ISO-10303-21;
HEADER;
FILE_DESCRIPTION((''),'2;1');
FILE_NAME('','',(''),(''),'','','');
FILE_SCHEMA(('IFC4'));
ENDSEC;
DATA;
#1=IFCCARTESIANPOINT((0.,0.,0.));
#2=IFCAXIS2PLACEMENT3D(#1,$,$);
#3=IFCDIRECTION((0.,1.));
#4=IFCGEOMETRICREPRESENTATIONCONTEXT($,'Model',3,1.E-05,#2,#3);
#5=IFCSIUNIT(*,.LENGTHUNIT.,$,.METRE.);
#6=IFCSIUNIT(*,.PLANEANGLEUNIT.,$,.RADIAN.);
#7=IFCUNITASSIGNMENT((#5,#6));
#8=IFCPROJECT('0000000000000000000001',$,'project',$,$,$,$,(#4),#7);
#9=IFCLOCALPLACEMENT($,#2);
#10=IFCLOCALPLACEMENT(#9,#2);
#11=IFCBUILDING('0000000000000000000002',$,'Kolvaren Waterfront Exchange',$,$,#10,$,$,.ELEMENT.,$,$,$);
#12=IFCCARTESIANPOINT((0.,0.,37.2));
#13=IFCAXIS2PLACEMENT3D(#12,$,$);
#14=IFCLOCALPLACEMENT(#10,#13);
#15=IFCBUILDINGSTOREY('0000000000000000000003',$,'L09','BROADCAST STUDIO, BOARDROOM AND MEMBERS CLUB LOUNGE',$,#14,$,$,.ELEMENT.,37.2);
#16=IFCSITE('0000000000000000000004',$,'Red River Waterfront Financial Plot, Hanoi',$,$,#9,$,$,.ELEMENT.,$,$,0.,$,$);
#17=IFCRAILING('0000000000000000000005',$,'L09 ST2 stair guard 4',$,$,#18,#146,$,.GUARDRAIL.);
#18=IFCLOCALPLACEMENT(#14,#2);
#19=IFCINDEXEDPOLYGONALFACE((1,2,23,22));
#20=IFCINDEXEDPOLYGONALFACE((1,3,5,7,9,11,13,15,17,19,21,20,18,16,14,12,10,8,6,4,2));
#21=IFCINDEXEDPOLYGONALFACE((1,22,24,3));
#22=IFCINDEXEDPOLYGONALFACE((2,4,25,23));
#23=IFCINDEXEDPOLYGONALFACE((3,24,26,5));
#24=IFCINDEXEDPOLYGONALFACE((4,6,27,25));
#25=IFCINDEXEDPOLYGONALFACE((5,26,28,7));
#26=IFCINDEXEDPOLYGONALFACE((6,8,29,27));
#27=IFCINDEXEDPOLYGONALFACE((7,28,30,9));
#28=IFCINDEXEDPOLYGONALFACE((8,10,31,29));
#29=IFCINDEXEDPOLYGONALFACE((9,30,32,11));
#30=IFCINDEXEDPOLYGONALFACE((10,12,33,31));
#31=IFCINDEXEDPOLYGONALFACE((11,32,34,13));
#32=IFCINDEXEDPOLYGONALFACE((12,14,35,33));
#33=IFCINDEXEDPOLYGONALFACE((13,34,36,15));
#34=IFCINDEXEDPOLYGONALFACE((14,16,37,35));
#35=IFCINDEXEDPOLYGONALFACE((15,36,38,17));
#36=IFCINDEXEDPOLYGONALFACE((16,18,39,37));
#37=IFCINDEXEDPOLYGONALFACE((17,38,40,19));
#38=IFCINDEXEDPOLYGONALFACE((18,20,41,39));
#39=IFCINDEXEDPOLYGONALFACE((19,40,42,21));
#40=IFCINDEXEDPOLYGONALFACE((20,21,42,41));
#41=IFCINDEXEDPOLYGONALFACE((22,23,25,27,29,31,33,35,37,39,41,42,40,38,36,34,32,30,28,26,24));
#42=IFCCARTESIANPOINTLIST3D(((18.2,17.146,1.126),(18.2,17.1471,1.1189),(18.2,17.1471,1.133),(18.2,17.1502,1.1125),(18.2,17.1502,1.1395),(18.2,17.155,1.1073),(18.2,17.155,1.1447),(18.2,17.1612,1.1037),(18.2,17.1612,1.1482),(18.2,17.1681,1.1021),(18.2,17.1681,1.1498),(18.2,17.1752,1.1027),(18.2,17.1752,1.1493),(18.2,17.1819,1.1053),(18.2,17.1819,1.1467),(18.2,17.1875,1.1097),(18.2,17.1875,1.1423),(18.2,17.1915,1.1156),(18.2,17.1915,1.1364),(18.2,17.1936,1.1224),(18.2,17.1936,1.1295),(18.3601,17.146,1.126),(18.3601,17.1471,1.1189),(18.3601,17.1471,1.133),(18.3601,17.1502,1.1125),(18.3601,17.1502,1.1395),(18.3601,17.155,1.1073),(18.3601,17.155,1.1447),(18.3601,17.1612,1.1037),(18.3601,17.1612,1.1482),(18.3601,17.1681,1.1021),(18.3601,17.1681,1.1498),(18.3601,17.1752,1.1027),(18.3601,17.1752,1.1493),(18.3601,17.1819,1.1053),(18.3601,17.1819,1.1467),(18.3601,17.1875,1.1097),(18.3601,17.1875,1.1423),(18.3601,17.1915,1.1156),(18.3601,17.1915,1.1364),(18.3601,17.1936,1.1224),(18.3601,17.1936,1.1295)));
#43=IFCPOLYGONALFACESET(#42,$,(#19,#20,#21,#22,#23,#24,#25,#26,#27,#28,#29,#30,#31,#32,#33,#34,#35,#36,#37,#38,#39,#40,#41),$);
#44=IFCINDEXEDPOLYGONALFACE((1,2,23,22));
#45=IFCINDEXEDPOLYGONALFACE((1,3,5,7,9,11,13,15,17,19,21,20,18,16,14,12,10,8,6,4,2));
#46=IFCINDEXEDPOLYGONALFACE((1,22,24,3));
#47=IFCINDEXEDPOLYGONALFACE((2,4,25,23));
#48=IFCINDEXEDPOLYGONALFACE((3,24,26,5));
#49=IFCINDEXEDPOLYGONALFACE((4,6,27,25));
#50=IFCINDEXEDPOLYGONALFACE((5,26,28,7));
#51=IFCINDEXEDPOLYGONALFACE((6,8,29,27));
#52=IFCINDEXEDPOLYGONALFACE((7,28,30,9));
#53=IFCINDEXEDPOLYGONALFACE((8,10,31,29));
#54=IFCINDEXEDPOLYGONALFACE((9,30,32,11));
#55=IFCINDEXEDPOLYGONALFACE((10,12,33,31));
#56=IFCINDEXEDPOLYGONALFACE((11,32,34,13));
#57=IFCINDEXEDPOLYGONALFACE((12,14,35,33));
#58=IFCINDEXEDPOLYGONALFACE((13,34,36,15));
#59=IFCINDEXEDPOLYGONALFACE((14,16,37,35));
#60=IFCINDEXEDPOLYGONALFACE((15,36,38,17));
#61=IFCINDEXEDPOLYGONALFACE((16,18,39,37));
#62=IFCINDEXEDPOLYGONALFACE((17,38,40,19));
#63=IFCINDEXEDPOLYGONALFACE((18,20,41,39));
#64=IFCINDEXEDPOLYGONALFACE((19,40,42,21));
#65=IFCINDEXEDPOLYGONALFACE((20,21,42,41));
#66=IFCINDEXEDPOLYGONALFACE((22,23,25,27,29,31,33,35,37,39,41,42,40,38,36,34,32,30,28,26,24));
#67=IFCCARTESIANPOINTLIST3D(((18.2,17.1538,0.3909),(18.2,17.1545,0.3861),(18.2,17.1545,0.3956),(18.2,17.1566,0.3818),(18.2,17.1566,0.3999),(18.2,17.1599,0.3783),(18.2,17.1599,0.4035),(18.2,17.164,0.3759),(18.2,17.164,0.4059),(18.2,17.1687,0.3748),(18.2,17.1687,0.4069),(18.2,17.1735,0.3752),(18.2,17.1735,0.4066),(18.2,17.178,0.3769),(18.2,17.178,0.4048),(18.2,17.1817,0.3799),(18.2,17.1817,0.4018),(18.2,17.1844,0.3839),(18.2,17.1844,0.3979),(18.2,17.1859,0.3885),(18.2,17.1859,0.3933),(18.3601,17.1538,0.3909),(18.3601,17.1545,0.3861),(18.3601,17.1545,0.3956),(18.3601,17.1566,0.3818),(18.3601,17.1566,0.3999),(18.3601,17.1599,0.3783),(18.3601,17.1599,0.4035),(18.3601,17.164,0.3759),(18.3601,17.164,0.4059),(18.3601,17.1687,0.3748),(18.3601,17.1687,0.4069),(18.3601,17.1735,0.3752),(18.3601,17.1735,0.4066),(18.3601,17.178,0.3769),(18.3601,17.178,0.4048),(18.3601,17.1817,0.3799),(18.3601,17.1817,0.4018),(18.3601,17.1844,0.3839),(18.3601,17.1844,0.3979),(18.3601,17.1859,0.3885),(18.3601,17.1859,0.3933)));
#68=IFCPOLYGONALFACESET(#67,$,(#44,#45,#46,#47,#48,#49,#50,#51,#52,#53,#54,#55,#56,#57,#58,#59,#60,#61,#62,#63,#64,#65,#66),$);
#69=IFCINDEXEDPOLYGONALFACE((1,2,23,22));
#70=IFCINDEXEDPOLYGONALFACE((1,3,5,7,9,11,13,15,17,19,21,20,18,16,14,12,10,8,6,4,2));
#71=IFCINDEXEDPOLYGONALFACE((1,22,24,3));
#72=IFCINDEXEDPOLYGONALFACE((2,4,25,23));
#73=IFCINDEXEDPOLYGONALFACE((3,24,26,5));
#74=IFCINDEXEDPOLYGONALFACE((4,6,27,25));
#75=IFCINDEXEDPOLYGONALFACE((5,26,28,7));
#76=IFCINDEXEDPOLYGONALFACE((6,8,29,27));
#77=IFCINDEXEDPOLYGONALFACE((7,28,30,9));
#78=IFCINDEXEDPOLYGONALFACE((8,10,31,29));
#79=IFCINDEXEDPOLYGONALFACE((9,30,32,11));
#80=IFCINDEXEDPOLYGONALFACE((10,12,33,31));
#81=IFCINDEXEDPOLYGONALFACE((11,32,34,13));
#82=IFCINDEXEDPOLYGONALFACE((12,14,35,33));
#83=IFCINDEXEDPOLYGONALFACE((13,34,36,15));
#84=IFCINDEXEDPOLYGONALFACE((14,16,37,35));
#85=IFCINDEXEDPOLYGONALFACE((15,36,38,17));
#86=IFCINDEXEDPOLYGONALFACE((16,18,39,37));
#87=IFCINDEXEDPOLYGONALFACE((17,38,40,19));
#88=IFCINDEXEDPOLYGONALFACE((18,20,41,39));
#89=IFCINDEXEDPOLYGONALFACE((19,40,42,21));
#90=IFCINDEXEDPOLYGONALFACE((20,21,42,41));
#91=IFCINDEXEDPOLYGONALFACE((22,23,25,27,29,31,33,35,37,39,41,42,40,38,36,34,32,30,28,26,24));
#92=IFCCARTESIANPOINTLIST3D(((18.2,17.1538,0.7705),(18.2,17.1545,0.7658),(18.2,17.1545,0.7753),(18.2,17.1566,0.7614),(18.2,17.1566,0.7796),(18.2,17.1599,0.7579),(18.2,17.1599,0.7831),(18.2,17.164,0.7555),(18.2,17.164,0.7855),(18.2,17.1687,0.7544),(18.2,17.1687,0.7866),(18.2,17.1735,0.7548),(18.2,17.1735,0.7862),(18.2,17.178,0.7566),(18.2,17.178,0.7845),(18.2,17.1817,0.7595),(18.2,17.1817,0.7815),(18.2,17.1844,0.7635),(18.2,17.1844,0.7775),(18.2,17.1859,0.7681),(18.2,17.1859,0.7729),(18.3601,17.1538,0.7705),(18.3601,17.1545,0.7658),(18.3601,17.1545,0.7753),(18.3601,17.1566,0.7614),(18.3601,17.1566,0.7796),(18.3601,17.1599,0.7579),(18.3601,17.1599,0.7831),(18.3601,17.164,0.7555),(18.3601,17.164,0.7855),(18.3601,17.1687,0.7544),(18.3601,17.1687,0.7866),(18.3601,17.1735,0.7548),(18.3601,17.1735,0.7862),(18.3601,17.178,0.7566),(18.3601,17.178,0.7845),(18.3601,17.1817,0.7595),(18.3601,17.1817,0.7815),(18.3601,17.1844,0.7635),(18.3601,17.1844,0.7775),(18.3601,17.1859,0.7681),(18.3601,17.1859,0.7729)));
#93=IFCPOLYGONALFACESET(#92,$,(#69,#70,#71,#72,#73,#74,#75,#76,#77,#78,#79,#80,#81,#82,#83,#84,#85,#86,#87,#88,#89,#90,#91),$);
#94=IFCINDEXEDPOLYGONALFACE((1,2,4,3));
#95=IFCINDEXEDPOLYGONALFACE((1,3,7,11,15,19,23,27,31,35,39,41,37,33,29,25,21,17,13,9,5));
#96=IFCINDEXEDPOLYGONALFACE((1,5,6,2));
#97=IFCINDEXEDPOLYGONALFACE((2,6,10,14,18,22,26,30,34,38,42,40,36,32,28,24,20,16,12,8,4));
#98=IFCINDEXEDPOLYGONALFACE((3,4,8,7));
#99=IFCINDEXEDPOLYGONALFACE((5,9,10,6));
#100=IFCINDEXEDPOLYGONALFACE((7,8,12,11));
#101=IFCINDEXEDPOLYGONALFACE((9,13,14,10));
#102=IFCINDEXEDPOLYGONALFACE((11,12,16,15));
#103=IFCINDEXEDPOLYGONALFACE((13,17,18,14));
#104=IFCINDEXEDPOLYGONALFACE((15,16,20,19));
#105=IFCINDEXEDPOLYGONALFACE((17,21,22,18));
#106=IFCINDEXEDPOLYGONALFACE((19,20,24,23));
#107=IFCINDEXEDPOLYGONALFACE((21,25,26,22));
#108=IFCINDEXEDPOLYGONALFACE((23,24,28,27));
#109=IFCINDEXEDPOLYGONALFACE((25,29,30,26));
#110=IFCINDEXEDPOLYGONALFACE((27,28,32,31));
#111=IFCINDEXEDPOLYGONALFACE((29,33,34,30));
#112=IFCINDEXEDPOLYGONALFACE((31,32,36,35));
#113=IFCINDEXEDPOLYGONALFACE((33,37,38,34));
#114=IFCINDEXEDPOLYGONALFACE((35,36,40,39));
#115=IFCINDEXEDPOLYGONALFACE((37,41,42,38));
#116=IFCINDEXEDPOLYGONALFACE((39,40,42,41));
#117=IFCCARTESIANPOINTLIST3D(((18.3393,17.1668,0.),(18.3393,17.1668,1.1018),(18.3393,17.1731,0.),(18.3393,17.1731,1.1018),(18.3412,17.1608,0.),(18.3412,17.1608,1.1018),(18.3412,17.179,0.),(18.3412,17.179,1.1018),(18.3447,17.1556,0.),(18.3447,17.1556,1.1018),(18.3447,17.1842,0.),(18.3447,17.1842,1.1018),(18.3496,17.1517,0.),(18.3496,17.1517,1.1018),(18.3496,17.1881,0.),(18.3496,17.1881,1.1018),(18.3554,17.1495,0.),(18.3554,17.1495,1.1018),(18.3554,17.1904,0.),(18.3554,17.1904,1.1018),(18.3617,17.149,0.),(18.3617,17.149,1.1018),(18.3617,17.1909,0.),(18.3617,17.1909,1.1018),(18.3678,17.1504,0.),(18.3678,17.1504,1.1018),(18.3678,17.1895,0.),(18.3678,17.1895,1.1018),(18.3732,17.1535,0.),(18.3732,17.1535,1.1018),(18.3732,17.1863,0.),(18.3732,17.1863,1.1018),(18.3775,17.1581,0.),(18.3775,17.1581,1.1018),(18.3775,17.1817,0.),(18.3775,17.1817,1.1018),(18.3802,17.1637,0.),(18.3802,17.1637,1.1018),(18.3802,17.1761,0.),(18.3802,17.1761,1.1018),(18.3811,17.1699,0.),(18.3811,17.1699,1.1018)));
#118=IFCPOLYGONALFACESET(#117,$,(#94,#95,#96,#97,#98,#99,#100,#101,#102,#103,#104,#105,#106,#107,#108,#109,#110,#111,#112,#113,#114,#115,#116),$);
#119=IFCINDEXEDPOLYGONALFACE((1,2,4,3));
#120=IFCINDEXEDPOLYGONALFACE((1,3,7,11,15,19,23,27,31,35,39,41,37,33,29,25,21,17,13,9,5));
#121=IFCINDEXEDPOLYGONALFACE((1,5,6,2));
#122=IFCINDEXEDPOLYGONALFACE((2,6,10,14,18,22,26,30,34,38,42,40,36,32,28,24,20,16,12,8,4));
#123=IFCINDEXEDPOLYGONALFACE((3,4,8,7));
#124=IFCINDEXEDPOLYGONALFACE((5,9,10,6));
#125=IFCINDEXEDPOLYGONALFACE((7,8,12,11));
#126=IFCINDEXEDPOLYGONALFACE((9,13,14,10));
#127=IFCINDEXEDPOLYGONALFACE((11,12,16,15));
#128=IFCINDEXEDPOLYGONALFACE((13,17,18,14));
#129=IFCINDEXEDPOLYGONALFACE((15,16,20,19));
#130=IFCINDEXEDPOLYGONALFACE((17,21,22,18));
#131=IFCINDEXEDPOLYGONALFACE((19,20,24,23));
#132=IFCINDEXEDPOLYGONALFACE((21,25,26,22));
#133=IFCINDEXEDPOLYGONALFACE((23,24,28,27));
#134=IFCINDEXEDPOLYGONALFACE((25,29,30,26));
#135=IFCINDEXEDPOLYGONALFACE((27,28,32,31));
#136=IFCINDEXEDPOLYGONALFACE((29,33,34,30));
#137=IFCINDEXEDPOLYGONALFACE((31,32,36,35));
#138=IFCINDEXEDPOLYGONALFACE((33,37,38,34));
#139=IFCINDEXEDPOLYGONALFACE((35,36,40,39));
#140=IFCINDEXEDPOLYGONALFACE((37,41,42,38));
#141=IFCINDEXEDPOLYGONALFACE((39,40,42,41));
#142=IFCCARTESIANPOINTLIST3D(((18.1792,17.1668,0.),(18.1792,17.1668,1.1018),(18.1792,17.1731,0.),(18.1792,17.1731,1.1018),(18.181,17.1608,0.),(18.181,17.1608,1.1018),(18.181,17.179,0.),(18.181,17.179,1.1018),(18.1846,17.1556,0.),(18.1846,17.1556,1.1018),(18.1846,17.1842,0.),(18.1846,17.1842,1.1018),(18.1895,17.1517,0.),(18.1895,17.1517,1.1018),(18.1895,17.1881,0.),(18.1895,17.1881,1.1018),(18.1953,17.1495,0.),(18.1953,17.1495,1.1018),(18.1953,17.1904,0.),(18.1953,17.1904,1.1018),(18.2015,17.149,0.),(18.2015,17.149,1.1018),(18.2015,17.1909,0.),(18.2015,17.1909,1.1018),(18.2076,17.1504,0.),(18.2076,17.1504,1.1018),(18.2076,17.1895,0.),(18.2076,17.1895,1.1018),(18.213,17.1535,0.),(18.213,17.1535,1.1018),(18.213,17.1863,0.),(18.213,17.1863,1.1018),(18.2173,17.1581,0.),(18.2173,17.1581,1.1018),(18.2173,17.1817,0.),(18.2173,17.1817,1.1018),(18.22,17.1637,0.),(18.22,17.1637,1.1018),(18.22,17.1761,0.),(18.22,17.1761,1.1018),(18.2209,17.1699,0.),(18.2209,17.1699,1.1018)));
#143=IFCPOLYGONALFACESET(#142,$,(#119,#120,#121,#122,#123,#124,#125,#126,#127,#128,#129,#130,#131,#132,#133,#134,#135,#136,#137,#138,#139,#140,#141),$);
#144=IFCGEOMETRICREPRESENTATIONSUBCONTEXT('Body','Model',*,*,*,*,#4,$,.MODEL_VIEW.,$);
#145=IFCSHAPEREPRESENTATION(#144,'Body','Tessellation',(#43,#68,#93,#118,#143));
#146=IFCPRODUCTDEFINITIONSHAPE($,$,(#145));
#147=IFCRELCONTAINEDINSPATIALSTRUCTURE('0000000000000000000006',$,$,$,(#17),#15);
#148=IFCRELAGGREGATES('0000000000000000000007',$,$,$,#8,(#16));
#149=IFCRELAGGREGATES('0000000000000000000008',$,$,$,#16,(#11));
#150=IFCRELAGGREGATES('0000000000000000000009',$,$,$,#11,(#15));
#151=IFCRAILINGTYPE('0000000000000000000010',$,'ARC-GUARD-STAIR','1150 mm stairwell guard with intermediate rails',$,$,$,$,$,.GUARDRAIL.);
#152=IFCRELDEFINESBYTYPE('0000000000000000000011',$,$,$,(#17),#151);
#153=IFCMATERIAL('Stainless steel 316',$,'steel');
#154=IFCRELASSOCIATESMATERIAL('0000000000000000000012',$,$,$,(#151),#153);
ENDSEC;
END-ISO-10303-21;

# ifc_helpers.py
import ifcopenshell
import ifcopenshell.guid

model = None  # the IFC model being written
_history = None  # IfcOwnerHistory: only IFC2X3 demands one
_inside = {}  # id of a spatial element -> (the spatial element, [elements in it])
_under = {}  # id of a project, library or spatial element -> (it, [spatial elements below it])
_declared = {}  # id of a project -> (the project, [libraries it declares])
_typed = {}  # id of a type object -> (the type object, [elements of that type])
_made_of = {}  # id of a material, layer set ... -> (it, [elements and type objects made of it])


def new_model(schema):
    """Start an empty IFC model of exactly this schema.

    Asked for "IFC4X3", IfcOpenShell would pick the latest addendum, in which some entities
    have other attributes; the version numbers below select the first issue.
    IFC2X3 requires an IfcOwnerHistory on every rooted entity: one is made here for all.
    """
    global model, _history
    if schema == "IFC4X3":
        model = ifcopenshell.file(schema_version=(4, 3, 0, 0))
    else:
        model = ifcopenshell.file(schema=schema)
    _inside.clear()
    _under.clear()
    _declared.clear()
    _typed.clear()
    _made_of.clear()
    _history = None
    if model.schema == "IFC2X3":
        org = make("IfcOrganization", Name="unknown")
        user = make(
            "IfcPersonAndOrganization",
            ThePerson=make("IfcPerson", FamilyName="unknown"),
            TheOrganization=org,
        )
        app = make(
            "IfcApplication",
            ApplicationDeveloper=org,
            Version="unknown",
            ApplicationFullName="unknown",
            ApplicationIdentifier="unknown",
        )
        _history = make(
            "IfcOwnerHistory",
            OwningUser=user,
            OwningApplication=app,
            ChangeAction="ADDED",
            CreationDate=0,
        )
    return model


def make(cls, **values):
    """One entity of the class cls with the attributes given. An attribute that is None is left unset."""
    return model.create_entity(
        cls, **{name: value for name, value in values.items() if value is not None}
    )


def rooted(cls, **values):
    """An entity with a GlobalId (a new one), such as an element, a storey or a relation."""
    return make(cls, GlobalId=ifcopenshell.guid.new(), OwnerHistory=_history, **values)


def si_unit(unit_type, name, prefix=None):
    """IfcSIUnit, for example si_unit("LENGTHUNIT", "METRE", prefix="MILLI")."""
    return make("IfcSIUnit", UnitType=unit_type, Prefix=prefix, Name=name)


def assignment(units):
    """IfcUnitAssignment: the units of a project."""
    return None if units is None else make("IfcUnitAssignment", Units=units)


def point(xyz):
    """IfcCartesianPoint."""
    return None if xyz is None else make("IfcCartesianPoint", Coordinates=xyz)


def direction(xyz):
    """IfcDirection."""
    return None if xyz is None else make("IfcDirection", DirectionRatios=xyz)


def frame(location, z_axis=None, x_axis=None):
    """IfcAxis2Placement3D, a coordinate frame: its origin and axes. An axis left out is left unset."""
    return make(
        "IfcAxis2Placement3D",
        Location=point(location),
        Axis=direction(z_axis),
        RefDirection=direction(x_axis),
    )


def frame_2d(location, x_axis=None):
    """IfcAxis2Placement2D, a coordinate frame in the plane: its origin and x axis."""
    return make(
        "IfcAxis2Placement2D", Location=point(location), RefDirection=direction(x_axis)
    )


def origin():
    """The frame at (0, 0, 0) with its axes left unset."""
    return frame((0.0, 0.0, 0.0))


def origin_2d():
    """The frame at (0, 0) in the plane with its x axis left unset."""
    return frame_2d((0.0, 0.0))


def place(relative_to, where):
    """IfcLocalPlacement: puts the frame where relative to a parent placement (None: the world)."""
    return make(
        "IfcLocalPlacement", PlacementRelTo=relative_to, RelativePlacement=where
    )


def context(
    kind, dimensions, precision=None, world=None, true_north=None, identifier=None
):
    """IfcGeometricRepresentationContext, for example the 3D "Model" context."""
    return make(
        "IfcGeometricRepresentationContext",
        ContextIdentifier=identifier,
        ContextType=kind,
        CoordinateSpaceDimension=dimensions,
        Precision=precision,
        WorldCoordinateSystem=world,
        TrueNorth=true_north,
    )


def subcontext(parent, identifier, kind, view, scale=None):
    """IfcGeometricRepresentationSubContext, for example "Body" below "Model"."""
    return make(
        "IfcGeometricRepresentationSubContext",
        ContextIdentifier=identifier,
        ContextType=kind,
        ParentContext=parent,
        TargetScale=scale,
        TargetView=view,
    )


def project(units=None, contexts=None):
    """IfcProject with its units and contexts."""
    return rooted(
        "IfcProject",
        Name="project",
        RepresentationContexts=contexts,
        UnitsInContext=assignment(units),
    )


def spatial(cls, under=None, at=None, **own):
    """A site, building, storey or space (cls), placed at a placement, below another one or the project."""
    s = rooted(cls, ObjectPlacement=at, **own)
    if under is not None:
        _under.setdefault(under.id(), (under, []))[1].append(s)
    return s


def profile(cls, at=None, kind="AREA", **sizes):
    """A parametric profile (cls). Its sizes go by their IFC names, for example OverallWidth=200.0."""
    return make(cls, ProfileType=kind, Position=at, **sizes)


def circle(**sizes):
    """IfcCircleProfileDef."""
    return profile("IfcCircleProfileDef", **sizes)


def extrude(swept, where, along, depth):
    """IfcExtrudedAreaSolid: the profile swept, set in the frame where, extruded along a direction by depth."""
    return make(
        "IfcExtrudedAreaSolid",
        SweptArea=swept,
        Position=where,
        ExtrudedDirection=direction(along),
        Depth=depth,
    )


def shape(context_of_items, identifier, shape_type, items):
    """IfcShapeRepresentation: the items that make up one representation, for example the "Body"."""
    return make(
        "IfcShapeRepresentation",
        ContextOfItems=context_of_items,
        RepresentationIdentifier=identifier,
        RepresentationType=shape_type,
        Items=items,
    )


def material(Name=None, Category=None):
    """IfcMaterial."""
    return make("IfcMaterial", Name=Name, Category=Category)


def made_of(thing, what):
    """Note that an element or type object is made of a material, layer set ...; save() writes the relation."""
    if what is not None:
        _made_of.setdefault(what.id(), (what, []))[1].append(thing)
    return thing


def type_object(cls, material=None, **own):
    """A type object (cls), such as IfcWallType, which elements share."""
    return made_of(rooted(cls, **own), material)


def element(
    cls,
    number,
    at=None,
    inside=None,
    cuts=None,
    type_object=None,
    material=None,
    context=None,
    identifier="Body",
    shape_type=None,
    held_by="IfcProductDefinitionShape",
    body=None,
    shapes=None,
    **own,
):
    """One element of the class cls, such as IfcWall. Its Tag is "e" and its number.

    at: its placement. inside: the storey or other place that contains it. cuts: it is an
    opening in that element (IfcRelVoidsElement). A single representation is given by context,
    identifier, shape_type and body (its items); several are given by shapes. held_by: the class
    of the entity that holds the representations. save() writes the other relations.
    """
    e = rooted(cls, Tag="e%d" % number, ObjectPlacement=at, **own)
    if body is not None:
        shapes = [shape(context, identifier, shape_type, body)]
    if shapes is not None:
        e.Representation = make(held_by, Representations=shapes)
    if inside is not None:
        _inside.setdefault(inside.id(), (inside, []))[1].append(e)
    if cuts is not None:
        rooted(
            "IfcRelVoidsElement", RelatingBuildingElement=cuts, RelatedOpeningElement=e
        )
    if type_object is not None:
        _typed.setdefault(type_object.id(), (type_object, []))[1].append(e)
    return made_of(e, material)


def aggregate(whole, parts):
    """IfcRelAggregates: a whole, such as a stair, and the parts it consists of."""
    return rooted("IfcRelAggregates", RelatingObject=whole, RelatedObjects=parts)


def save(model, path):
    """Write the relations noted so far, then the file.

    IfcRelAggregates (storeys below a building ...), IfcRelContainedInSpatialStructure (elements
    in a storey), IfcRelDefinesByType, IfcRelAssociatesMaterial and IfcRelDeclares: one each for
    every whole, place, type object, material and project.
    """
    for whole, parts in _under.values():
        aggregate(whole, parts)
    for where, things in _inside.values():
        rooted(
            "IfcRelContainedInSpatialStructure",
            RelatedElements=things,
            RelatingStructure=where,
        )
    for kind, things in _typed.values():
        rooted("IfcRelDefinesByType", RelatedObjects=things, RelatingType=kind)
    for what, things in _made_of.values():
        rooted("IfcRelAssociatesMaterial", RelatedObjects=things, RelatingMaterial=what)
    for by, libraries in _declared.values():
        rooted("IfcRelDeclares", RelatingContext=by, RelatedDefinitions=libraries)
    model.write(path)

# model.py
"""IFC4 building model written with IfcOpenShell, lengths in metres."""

from ifc_helpers import new_model, si_unit, direction, frame, origin, origin_2d, place, context, subcontext, project, spatial, circle, extrude, material, type_object, element, save


model = new_model("IFC4")

# Units and contexts
model_context = context("Model", 3, precision=1e-05, world=origin(), true_north=direction((0.0, 1.0)))
body_context = subcontext(model_context, "Body", "Model", "MODEL_VIEW")
ifc_project = project(units=[si_unit("LENGTHUNIT", "METRE"), si_unit("PLANEANGLEUNIT", "RADIAN")], contexts=[model_context])

# Site, building, storey
site_placement = place(None, origin())
site = spatial("IfcSite", under=ifc_project, at=site_placement, Name="Red River Waterfront Financial Plot, Hanoi", CompositionType="ELEMENT", RefElevation=0.0)
building_placement = place(site_placement, origin())
building = spatial("IfcBuilding", under=site, at=building_placement, Name="Kolvaren Waterfront Exchange", CompositionType="ELEMENT")
storey_placement = place(building_placement, frame((0.0, 0.0, 37.2)))
storey = spatial("IfcBuildingStorey", under=building, at=storey_placement, Name="L09", Description="BROADCAST STUDIO, BOARDROOM AND MEMBERS CLUB LOUNGE", CompositionType="ELEMENT", Elevation=37.2)

# Railing
ifc_material_1 = material(Name="Stainless steel 316", Category="steel")
railing_type_1 = type_object("IfcRailingType", Name="ARC-GUARD-STAIR", Description="1150 mm stairwell guard with intermediate rails", PredefinedType="GUARDRAIL", material=ifc_material_1)
railing_1_placement = place(storey_placement, frame((18.3601, 17.1699, 0.0)))
element("IfcRailing", 1, at=railing_1_placement, inside=storey, type_object=railing_type_1, Name="L09 ST2 stair guard 4", PredefinedType="GUARDRAIL", context=body_context, shape_type="SweptSolid", body=[
    extrude(circle(Radius=0.0239, at=origin_2d()), frame((0.0, 0.0, 1.126), z_axis=(-1.0, 0.0, 0.0), x_axis=(0.0, -1.0, 0.0)), (0.0, 0.0, 1.0), 0.1602),
    extrude(circle(Radius=0.0161, at=origin_2d()), frame((0.0, 0.0, 0.3909), z_axis=(-1.0, 0.0, 0.0), x_axis=(0.0, -1.0, 0.0)), (0.0, 0.0, 1.0), 0.1602),
    extrude(circle(Radius=0.0161, at=origin_2d()), frame((0.0, 0.0, 0.7705), z_axis=(-1.0, 0.0, 0.0), x_axis=(0.0, -1.0, 0.0)), (0.0, 0.0, 1.0), 0.1602),
    extrude(circle(Radius=0.021, at=origin_2d()), origin(), (0.0, 0.0, 1.0), 1.1018),
    extrude(circle(Radius=0.021, at=origin_2d()), frame((-0.1602, 0.0, 0.0)), (0.0, 0.0, 1.0), 1.1018),
])

save(model, "model.ifc")
